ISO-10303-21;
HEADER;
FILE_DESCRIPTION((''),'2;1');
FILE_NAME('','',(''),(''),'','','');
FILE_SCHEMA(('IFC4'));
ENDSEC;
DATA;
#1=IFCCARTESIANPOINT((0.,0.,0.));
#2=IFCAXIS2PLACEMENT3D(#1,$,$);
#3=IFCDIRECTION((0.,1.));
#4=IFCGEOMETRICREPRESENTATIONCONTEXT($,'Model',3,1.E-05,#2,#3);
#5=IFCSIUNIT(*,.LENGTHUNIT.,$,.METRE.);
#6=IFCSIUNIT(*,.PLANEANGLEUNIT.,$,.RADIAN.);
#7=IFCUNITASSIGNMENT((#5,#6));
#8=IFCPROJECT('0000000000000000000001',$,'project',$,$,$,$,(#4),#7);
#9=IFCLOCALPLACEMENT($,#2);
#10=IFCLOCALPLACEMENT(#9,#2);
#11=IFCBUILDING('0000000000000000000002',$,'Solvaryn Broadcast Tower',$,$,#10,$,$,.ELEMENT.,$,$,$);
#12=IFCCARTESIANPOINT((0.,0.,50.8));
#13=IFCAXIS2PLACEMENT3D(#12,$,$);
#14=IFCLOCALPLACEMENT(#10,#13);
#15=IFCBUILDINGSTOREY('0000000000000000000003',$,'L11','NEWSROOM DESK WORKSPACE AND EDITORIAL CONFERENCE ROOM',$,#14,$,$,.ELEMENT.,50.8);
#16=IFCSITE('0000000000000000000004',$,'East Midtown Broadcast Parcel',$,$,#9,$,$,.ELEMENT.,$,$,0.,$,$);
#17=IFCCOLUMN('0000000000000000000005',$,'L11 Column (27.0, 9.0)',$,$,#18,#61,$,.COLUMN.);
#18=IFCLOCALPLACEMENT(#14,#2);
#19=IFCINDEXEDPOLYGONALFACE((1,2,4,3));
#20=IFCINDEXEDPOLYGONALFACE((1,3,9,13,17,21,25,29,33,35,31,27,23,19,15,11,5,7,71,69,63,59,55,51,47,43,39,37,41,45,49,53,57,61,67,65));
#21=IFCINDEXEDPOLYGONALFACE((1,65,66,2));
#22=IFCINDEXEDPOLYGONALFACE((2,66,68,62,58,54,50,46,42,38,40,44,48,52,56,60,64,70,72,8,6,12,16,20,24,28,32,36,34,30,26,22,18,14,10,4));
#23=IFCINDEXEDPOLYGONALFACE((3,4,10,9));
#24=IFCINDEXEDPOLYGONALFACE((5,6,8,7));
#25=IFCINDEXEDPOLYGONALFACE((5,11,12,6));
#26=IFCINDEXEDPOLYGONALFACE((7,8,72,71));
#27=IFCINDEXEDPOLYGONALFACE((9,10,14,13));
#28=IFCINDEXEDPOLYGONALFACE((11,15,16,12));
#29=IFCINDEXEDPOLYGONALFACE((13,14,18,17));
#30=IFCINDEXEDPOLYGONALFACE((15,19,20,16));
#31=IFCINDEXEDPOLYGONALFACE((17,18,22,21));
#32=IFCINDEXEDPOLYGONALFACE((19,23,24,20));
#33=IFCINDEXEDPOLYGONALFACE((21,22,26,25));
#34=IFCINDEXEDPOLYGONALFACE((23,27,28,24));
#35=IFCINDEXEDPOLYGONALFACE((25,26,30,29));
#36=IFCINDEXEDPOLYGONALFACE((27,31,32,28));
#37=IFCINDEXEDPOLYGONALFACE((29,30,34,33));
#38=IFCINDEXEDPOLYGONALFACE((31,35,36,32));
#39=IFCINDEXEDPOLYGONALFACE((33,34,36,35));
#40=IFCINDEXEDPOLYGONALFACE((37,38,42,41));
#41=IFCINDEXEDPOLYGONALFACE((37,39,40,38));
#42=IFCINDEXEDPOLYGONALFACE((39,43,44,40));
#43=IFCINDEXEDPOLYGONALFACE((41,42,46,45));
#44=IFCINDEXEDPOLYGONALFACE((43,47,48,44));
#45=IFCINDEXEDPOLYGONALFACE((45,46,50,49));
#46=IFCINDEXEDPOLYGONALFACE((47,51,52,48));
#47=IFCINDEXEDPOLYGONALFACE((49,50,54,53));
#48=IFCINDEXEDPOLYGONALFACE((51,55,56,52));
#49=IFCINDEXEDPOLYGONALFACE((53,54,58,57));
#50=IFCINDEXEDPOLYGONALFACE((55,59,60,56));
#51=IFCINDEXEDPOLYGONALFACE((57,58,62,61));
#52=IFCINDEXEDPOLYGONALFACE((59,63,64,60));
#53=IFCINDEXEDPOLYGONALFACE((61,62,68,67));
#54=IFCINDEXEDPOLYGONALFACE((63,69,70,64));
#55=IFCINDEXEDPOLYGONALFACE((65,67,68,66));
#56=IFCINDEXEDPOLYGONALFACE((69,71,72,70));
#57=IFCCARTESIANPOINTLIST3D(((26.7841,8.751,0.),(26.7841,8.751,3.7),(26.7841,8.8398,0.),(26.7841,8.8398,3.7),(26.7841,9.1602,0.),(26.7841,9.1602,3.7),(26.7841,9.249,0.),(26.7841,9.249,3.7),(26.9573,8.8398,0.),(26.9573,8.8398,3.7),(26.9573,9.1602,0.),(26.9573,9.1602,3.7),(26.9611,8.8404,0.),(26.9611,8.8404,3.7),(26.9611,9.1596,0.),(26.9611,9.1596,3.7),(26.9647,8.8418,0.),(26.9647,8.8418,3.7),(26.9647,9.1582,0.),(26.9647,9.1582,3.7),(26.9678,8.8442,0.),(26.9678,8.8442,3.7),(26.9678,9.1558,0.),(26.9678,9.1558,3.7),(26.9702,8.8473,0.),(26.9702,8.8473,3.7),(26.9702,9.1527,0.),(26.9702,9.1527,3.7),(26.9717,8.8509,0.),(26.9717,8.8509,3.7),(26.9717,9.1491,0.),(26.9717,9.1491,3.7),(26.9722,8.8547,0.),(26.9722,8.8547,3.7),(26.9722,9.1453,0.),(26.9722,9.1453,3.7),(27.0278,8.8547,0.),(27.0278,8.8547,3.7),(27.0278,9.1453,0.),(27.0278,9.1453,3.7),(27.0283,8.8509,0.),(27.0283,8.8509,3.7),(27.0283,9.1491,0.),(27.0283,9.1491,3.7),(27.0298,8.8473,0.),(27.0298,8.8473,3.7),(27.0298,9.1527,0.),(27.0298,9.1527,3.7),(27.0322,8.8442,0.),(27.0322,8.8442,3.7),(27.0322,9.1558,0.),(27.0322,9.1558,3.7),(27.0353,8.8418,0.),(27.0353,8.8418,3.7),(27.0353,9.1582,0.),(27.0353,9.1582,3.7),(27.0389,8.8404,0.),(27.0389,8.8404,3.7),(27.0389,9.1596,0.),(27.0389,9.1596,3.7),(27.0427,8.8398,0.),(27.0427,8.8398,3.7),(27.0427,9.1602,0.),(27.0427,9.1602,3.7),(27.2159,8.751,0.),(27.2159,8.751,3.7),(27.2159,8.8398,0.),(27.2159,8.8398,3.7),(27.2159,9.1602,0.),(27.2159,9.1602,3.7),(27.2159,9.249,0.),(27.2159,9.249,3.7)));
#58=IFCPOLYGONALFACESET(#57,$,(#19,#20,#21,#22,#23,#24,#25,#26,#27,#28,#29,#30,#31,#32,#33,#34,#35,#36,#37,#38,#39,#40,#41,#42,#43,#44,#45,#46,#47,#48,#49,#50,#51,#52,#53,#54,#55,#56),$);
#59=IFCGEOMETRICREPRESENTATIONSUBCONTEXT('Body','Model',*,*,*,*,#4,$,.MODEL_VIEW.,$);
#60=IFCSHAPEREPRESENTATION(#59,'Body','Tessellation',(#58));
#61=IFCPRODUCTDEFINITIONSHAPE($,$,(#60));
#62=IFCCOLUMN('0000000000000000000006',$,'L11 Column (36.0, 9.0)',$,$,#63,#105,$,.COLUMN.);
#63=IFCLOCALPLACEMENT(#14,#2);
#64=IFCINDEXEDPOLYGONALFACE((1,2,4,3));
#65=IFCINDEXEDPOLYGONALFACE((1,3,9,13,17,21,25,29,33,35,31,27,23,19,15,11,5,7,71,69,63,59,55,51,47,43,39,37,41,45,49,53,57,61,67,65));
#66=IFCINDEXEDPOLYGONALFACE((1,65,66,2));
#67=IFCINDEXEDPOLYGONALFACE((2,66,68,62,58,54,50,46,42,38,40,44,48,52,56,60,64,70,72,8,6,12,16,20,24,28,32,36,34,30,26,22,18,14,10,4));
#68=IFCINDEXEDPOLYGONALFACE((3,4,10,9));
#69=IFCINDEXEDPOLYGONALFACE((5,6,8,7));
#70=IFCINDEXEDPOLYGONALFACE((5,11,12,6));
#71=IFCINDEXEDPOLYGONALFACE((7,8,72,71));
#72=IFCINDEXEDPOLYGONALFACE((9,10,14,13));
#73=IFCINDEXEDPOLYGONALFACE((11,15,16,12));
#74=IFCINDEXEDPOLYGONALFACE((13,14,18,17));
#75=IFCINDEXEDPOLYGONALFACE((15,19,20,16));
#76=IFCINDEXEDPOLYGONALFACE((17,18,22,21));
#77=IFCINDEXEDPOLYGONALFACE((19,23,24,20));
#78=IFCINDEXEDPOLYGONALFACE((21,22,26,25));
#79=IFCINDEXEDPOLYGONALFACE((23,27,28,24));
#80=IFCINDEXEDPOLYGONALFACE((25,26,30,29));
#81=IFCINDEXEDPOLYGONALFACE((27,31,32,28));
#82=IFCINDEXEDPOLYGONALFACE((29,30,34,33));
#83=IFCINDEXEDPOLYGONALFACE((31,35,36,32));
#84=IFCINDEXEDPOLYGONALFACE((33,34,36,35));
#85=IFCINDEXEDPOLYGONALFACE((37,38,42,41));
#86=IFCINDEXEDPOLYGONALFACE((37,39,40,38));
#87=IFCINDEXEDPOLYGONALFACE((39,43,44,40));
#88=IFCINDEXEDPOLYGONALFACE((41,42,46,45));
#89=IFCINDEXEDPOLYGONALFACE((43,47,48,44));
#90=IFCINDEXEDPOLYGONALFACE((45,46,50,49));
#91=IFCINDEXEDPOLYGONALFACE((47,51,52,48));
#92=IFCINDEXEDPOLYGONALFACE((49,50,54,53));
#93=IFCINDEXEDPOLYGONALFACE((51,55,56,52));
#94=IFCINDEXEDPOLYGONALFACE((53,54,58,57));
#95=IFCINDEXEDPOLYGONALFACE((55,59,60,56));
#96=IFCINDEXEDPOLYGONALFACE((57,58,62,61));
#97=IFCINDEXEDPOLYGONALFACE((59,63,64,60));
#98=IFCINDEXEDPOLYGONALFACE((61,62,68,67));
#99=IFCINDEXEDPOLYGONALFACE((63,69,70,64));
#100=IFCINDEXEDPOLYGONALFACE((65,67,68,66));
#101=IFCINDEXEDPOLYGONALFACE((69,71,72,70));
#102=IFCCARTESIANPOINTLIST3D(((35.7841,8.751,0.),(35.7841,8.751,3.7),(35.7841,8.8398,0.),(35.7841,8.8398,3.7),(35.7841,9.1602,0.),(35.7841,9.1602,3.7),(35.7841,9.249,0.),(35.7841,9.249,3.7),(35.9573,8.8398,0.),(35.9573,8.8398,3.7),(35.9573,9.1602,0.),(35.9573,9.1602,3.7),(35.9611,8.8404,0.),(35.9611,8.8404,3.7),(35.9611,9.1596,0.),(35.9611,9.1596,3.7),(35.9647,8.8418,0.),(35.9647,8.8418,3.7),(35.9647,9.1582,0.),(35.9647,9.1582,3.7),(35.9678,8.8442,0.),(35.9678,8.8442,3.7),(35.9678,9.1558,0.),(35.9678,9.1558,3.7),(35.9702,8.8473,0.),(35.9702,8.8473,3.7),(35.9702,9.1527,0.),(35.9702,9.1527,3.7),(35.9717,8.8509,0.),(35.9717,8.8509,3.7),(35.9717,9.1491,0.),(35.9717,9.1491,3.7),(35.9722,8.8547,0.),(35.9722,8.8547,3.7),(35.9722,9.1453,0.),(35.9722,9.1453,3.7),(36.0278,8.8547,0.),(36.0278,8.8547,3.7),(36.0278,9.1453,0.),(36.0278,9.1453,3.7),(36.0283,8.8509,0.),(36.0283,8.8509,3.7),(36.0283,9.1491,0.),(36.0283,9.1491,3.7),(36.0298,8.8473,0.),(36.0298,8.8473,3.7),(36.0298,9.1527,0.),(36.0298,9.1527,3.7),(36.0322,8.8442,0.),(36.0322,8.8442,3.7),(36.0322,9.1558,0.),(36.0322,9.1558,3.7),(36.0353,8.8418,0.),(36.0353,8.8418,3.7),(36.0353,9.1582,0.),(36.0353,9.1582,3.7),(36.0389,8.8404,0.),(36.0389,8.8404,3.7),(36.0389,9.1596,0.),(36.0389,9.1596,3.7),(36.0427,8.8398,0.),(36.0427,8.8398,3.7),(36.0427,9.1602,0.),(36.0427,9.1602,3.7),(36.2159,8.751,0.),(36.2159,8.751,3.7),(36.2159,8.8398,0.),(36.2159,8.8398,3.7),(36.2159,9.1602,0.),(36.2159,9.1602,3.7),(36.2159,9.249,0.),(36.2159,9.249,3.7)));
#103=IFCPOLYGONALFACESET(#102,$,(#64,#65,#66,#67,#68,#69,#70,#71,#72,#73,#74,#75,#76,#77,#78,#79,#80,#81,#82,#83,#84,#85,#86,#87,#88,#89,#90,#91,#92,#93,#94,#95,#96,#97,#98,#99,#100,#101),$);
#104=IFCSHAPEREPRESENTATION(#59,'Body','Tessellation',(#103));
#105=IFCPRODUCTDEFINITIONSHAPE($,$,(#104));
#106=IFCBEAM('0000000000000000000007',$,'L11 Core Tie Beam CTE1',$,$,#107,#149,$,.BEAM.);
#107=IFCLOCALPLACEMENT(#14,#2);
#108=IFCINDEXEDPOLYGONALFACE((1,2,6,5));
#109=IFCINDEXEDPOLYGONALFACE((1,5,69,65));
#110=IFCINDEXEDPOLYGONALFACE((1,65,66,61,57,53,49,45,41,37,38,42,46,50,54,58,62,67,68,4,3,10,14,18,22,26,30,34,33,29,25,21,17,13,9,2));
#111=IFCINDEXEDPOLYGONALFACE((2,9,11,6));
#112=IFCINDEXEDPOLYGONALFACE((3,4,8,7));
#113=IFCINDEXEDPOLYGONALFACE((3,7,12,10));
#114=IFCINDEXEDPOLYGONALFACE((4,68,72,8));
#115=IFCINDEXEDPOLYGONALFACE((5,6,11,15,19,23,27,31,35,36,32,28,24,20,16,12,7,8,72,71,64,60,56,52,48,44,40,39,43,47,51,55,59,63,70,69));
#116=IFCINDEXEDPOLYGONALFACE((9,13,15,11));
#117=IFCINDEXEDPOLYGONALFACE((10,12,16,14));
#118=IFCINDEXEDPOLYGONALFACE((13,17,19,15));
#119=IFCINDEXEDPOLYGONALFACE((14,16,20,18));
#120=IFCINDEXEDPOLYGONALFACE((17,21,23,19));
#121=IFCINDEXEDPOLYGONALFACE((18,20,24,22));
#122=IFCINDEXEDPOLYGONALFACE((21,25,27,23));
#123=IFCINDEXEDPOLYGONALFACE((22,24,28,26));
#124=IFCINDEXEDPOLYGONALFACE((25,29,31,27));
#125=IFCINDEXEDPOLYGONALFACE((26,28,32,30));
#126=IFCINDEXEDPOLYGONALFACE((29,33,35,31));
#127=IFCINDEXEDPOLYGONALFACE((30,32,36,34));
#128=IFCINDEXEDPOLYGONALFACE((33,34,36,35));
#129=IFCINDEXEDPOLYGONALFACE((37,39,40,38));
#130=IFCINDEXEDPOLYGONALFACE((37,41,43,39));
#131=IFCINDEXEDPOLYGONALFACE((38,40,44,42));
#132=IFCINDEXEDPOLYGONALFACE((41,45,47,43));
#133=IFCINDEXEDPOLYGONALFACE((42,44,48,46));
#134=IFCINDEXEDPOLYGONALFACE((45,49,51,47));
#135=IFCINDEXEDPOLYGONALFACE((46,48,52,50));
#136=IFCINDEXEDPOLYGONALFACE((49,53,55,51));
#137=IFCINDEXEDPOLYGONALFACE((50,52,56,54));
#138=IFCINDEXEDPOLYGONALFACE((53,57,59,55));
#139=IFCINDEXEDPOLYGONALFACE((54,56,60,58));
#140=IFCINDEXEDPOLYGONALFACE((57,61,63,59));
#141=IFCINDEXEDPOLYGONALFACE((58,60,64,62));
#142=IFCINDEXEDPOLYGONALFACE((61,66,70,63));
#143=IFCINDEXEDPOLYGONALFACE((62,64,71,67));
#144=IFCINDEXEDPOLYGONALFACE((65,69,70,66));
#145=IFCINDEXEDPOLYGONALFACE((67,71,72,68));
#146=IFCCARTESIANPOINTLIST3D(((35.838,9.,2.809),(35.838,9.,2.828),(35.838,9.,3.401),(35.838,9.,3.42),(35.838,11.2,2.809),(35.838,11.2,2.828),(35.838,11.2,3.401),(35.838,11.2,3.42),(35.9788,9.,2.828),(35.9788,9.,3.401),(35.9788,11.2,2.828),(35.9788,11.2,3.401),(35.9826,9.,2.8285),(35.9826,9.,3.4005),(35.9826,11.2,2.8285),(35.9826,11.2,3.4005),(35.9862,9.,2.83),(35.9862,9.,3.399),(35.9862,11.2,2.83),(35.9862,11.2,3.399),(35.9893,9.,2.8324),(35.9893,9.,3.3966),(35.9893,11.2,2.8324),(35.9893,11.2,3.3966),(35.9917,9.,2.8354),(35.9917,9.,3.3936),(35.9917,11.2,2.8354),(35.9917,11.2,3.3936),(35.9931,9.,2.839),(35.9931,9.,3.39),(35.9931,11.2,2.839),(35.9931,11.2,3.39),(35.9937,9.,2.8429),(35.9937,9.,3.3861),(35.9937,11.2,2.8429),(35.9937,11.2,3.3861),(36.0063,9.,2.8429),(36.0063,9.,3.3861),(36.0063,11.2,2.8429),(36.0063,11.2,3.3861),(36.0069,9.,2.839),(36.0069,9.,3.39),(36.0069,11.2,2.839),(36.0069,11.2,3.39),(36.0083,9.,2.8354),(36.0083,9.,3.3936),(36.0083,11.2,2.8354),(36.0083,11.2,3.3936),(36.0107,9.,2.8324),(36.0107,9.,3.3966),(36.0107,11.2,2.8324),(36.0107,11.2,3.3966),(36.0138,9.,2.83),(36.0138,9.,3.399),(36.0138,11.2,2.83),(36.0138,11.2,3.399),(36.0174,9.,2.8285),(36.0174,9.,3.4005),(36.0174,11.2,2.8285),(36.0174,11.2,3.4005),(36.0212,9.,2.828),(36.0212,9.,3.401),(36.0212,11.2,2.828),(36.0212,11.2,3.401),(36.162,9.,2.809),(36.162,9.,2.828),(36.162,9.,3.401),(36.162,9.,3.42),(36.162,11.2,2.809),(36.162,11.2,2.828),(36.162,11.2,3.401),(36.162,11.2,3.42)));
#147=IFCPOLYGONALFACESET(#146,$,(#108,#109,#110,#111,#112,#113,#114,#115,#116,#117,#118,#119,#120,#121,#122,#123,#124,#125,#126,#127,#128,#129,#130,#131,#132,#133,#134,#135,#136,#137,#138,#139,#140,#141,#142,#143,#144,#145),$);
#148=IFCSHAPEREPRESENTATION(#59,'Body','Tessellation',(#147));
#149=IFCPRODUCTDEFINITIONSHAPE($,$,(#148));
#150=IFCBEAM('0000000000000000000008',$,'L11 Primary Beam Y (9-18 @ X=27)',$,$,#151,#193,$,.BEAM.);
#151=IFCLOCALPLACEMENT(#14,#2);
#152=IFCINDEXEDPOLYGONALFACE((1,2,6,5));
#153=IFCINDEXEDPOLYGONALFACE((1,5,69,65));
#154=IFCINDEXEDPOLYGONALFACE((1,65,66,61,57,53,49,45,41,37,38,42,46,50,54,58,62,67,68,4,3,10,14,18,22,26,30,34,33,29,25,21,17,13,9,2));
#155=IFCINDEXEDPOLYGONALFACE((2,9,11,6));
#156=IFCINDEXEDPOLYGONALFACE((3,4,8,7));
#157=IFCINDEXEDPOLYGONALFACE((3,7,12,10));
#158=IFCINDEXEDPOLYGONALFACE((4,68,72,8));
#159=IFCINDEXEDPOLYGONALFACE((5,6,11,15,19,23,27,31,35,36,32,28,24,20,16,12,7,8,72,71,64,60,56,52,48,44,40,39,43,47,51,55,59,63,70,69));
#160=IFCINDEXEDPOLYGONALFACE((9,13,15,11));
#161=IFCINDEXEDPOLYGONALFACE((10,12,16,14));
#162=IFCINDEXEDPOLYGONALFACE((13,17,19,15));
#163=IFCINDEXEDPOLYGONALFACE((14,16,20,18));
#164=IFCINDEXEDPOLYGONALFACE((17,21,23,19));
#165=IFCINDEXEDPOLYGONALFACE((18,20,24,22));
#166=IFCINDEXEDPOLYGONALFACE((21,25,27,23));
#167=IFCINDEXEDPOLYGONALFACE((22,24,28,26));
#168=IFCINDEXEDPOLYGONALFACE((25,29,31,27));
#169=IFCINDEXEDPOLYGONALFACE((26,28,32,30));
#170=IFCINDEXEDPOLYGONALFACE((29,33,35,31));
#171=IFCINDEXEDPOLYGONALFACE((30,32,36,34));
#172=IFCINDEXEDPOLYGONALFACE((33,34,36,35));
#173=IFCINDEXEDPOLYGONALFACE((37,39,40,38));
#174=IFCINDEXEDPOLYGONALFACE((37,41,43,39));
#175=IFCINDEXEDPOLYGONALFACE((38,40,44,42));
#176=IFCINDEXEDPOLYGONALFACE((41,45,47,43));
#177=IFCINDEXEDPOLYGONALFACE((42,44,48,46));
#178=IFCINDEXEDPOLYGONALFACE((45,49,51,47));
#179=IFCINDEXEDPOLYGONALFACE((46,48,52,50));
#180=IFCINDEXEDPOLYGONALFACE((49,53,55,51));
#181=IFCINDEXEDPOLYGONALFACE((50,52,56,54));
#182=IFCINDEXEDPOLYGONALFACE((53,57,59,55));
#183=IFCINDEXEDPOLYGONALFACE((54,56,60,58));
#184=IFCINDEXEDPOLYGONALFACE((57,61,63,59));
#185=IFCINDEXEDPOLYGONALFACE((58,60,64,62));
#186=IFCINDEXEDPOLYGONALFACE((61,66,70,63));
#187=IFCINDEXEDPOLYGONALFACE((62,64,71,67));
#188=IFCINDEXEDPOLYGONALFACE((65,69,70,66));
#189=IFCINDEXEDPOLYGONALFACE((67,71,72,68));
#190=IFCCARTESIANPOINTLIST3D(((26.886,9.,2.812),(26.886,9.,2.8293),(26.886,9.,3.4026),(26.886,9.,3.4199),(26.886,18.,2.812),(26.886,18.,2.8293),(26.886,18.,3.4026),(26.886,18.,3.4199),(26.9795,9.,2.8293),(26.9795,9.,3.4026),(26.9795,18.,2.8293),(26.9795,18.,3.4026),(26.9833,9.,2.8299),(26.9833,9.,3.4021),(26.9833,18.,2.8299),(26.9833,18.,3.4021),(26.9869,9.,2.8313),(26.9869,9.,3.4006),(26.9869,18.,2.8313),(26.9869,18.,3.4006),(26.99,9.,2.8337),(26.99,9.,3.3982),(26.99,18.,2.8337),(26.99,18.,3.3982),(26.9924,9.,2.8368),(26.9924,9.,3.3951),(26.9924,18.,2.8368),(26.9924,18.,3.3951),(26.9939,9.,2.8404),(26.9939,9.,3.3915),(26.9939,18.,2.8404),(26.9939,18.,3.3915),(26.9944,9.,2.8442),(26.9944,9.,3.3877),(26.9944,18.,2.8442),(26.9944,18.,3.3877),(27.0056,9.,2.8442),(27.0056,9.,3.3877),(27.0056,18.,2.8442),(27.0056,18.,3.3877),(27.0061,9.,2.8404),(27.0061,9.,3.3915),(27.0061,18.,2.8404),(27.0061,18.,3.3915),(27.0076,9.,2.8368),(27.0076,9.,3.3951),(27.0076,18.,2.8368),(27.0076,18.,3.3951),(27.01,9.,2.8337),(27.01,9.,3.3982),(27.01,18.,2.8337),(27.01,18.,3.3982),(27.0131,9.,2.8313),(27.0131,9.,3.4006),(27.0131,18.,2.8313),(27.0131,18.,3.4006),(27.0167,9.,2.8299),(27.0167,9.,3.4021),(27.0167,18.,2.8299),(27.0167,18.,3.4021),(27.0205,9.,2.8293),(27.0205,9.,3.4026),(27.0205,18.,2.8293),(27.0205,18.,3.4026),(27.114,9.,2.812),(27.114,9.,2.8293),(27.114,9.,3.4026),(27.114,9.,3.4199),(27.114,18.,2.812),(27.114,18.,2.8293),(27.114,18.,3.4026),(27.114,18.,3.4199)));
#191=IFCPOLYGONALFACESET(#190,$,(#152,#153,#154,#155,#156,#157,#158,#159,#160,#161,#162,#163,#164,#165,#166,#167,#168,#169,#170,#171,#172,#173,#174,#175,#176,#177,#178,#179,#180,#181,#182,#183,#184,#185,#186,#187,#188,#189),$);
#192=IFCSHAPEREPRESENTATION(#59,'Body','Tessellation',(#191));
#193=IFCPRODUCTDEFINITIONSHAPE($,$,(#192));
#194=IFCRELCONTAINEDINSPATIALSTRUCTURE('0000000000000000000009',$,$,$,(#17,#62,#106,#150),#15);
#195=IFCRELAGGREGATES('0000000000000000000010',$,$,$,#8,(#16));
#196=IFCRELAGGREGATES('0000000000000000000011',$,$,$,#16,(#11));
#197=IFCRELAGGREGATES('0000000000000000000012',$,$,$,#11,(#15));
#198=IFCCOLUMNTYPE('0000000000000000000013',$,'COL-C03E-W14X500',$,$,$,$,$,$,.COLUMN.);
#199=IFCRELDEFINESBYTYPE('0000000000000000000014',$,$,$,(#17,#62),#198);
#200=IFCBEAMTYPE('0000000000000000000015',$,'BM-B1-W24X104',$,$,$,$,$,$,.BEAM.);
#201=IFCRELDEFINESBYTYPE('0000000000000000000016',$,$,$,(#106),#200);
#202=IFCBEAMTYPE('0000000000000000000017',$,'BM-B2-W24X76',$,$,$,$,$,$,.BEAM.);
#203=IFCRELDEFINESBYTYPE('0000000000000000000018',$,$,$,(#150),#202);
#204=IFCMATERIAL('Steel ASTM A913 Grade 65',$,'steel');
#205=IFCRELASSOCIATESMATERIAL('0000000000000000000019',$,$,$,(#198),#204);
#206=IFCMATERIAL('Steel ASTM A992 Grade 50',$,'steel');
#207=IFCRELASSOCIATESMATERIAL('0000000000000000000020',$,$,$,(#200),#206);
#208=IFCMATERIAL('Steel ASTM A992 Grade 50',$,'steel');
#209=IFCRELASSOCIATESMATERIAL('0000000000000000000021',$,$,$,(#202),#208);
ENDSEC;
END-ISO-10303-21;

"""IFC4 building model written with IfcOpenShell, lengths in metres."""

from ifc_helpers import new_model, si_unit, direction, frame, origin, origin_2d, place, context, subcontext, project, spatial, i_section, extrude, material, material_profile, profile_set, type_object, element, save


model = new_model("IFC4")

# Units and contexts
model_context = context("Model", 3, precision=1e-05, world=origin(), true_north=direction((0.0, 1.0)))
body_context = subcontext(model_context, "Body", "Model", "MODEL_VIEW")
ifc_project = project(units=[si_unit("LENGTHUNIT", "METRE"), si_unit("PLANEANGLEUNIT", "RADIAN")], contexts=[model_context])

# Site, building, storey
site_placement = place(None, origin())
site = spatial("IfcSite", under=ifc_project, at=site_placement, Name="East Midtown Broadcast Parcel", CompositionType="ELEMENT", RefElevation=0.0)
building_placement = place(site_placement, origin())
building = spatial("IfcBuilding", under=site, at=building_placement, Name="Solvaryn Broadcast Tower", CompositionType="ELEMENT")
storey_placement = place(building_placement, frame((0.0, 0.0, 50.8)))
storey = spatial("IfcBuildingStorey", under=building, at=storey_placement, Name="L11", Description="NEWSROOM DESK WORKSPACE AND EDITORIAL CONFERENCE ROOM", CompositionType="ELEMENT", Elevation=50.8)

# Columns
ifc_material_1 = material(Name="Steel ASTM A913 Grade 65", Category="steel")
ifc_material_profile_1 = material_profile(ifc_material_1, i_section(OverallWidth=0.4319, OverallDepth=0.498, WebThickness=0.0557, FlangeThickness=0.0889, FilletRadius=0.0149, at=origin_2d()))
ifc_profile_set_1 = profile_set([ifc_material_profile_1], Name="Steel ASTM A913 Grade 65")
column_type = type_object("IfcColumnType", Name="COL-C03E-W14X500", PredefinedType="COLUMN", material=ifc_profile_set_1)
for number, where, z_axis, x_axis, name in (
    (1, (27.0, 9.0, 0.0), (0.0, 0.0, 1.0), (1.0, 0.0, 0.0), "L11 Column (27.0, 9.0)"),
    (2, (36.0, 9.0, 0.0), (0.0, 0.0, 1.0), (1.0, 0.0, 0.0), "L11 Column (36.0, 9.0)"),
):
    element("IfcColumn", number, at=place(storey_placement, frame(where, z_axis=z_axis, x_axis=x_axis)), inside=storey, type_object=column_type, Name=name, PredefinedType="COLUMN", context=body_context, shape_type="SweptSolid", body=[
        extrude(i_section(OverallWidth=0.4319, OverallDepth=0.498, WebThickness=0.0557, FlangeThickness=0.0889, FilletRadius=0.0149, at=origin_2d()), origin(), (0.0, 0.0, 1.0), 3.7),
    ])

# Beams
ifc_material_2 = material(Name="Steel ASTM A992 Grade 50", Category="steel")
ifc_material_profile_2 = material_profile(ifc_material_2, i_section(OverallWidth=0.324, OverallDepth=0.6111, WebThickness=0.0127, FlangeThickness=0.019, FilletRadius=0.0149, at=origin_2d()))
ifc_profile_set_2 = profile_set([ifc_material_profile_2], Name="Steel ASTM A992 Grade 50")
beam_type_1 = type_object("IfcBeamType", Name="BM-B1-W24X104", PredefinedType="BEAM", material=ifc_profile_set_2)
beam_1_placement = place(storey_placement, frame((36.0, 9.0, 3.1145), z_axis=(0.0, 1.0, 0.0), x_axis=(-1.0, 0.0, 0.0)))
element("IfcBeam", 3, at=beam_1_placement, inside=storey, type_object=beam_type_1, Name="L11 Core Tie Beam CTE1", PredefinedType="BEAM", context=body_context, shape_type="SweptSolid", body=[
    extrude(i_section(OverallWidth=0.324, OverallDepth=0.6111, WebThickness=0.0127, FlangeThickness=0.019, FilletRadius=0.0149, at=origin_2d()), origin(), (0.0, 0.0, 1.0), 2.2),
])
ifc_material_3 = material(Name="Steel ASTM A992 Grade 50", Category="steel")
ifc_material_profile_3 = material_profile(ifc_material_3, i_section(OverallWidth=0.228, OverallDepth=0.6079, WebThickness=0.0112, FlangeThickness=0.0173, FilletRadius=0.0149, at=origin_2d()))
ifc_profile_set_3 = profile_set([ifc_material_profile_3], Name="Steel ASTM A992 Grade 50")
beam_type_2 = type_object("IfcBeamType", Name="BM-B2-W24X76", PredefinedType="BEAM", material=ifc_profile_set_3)
beam_2_placement = place(storey_placement, frame((27.0, 9.0, 3.116), z_axis=(0.0, 1.0, 0.0), x_axis=(-1.0, 0.0, 0.0)))
element("IfcBeam", 4, at=beam_2_placement, inside=storey, type_object=beam_type_2, Name="L11 Primary Beam Y (9-18 @ X=27)", PredefinedType="BEAM", context=body_context, shape_type="SweptSolid", body=[
    extrude(i_section(OverallWidth=0.228, OverallDepth=0.6079, WebThickness=0.0112, FlangeThickness=0.0173, FilletRadius=0.0149, at=origin_2d()), origin(), (0.0, 0.0, 1.0), 9.0),
])

save(model, "model.ifc")
